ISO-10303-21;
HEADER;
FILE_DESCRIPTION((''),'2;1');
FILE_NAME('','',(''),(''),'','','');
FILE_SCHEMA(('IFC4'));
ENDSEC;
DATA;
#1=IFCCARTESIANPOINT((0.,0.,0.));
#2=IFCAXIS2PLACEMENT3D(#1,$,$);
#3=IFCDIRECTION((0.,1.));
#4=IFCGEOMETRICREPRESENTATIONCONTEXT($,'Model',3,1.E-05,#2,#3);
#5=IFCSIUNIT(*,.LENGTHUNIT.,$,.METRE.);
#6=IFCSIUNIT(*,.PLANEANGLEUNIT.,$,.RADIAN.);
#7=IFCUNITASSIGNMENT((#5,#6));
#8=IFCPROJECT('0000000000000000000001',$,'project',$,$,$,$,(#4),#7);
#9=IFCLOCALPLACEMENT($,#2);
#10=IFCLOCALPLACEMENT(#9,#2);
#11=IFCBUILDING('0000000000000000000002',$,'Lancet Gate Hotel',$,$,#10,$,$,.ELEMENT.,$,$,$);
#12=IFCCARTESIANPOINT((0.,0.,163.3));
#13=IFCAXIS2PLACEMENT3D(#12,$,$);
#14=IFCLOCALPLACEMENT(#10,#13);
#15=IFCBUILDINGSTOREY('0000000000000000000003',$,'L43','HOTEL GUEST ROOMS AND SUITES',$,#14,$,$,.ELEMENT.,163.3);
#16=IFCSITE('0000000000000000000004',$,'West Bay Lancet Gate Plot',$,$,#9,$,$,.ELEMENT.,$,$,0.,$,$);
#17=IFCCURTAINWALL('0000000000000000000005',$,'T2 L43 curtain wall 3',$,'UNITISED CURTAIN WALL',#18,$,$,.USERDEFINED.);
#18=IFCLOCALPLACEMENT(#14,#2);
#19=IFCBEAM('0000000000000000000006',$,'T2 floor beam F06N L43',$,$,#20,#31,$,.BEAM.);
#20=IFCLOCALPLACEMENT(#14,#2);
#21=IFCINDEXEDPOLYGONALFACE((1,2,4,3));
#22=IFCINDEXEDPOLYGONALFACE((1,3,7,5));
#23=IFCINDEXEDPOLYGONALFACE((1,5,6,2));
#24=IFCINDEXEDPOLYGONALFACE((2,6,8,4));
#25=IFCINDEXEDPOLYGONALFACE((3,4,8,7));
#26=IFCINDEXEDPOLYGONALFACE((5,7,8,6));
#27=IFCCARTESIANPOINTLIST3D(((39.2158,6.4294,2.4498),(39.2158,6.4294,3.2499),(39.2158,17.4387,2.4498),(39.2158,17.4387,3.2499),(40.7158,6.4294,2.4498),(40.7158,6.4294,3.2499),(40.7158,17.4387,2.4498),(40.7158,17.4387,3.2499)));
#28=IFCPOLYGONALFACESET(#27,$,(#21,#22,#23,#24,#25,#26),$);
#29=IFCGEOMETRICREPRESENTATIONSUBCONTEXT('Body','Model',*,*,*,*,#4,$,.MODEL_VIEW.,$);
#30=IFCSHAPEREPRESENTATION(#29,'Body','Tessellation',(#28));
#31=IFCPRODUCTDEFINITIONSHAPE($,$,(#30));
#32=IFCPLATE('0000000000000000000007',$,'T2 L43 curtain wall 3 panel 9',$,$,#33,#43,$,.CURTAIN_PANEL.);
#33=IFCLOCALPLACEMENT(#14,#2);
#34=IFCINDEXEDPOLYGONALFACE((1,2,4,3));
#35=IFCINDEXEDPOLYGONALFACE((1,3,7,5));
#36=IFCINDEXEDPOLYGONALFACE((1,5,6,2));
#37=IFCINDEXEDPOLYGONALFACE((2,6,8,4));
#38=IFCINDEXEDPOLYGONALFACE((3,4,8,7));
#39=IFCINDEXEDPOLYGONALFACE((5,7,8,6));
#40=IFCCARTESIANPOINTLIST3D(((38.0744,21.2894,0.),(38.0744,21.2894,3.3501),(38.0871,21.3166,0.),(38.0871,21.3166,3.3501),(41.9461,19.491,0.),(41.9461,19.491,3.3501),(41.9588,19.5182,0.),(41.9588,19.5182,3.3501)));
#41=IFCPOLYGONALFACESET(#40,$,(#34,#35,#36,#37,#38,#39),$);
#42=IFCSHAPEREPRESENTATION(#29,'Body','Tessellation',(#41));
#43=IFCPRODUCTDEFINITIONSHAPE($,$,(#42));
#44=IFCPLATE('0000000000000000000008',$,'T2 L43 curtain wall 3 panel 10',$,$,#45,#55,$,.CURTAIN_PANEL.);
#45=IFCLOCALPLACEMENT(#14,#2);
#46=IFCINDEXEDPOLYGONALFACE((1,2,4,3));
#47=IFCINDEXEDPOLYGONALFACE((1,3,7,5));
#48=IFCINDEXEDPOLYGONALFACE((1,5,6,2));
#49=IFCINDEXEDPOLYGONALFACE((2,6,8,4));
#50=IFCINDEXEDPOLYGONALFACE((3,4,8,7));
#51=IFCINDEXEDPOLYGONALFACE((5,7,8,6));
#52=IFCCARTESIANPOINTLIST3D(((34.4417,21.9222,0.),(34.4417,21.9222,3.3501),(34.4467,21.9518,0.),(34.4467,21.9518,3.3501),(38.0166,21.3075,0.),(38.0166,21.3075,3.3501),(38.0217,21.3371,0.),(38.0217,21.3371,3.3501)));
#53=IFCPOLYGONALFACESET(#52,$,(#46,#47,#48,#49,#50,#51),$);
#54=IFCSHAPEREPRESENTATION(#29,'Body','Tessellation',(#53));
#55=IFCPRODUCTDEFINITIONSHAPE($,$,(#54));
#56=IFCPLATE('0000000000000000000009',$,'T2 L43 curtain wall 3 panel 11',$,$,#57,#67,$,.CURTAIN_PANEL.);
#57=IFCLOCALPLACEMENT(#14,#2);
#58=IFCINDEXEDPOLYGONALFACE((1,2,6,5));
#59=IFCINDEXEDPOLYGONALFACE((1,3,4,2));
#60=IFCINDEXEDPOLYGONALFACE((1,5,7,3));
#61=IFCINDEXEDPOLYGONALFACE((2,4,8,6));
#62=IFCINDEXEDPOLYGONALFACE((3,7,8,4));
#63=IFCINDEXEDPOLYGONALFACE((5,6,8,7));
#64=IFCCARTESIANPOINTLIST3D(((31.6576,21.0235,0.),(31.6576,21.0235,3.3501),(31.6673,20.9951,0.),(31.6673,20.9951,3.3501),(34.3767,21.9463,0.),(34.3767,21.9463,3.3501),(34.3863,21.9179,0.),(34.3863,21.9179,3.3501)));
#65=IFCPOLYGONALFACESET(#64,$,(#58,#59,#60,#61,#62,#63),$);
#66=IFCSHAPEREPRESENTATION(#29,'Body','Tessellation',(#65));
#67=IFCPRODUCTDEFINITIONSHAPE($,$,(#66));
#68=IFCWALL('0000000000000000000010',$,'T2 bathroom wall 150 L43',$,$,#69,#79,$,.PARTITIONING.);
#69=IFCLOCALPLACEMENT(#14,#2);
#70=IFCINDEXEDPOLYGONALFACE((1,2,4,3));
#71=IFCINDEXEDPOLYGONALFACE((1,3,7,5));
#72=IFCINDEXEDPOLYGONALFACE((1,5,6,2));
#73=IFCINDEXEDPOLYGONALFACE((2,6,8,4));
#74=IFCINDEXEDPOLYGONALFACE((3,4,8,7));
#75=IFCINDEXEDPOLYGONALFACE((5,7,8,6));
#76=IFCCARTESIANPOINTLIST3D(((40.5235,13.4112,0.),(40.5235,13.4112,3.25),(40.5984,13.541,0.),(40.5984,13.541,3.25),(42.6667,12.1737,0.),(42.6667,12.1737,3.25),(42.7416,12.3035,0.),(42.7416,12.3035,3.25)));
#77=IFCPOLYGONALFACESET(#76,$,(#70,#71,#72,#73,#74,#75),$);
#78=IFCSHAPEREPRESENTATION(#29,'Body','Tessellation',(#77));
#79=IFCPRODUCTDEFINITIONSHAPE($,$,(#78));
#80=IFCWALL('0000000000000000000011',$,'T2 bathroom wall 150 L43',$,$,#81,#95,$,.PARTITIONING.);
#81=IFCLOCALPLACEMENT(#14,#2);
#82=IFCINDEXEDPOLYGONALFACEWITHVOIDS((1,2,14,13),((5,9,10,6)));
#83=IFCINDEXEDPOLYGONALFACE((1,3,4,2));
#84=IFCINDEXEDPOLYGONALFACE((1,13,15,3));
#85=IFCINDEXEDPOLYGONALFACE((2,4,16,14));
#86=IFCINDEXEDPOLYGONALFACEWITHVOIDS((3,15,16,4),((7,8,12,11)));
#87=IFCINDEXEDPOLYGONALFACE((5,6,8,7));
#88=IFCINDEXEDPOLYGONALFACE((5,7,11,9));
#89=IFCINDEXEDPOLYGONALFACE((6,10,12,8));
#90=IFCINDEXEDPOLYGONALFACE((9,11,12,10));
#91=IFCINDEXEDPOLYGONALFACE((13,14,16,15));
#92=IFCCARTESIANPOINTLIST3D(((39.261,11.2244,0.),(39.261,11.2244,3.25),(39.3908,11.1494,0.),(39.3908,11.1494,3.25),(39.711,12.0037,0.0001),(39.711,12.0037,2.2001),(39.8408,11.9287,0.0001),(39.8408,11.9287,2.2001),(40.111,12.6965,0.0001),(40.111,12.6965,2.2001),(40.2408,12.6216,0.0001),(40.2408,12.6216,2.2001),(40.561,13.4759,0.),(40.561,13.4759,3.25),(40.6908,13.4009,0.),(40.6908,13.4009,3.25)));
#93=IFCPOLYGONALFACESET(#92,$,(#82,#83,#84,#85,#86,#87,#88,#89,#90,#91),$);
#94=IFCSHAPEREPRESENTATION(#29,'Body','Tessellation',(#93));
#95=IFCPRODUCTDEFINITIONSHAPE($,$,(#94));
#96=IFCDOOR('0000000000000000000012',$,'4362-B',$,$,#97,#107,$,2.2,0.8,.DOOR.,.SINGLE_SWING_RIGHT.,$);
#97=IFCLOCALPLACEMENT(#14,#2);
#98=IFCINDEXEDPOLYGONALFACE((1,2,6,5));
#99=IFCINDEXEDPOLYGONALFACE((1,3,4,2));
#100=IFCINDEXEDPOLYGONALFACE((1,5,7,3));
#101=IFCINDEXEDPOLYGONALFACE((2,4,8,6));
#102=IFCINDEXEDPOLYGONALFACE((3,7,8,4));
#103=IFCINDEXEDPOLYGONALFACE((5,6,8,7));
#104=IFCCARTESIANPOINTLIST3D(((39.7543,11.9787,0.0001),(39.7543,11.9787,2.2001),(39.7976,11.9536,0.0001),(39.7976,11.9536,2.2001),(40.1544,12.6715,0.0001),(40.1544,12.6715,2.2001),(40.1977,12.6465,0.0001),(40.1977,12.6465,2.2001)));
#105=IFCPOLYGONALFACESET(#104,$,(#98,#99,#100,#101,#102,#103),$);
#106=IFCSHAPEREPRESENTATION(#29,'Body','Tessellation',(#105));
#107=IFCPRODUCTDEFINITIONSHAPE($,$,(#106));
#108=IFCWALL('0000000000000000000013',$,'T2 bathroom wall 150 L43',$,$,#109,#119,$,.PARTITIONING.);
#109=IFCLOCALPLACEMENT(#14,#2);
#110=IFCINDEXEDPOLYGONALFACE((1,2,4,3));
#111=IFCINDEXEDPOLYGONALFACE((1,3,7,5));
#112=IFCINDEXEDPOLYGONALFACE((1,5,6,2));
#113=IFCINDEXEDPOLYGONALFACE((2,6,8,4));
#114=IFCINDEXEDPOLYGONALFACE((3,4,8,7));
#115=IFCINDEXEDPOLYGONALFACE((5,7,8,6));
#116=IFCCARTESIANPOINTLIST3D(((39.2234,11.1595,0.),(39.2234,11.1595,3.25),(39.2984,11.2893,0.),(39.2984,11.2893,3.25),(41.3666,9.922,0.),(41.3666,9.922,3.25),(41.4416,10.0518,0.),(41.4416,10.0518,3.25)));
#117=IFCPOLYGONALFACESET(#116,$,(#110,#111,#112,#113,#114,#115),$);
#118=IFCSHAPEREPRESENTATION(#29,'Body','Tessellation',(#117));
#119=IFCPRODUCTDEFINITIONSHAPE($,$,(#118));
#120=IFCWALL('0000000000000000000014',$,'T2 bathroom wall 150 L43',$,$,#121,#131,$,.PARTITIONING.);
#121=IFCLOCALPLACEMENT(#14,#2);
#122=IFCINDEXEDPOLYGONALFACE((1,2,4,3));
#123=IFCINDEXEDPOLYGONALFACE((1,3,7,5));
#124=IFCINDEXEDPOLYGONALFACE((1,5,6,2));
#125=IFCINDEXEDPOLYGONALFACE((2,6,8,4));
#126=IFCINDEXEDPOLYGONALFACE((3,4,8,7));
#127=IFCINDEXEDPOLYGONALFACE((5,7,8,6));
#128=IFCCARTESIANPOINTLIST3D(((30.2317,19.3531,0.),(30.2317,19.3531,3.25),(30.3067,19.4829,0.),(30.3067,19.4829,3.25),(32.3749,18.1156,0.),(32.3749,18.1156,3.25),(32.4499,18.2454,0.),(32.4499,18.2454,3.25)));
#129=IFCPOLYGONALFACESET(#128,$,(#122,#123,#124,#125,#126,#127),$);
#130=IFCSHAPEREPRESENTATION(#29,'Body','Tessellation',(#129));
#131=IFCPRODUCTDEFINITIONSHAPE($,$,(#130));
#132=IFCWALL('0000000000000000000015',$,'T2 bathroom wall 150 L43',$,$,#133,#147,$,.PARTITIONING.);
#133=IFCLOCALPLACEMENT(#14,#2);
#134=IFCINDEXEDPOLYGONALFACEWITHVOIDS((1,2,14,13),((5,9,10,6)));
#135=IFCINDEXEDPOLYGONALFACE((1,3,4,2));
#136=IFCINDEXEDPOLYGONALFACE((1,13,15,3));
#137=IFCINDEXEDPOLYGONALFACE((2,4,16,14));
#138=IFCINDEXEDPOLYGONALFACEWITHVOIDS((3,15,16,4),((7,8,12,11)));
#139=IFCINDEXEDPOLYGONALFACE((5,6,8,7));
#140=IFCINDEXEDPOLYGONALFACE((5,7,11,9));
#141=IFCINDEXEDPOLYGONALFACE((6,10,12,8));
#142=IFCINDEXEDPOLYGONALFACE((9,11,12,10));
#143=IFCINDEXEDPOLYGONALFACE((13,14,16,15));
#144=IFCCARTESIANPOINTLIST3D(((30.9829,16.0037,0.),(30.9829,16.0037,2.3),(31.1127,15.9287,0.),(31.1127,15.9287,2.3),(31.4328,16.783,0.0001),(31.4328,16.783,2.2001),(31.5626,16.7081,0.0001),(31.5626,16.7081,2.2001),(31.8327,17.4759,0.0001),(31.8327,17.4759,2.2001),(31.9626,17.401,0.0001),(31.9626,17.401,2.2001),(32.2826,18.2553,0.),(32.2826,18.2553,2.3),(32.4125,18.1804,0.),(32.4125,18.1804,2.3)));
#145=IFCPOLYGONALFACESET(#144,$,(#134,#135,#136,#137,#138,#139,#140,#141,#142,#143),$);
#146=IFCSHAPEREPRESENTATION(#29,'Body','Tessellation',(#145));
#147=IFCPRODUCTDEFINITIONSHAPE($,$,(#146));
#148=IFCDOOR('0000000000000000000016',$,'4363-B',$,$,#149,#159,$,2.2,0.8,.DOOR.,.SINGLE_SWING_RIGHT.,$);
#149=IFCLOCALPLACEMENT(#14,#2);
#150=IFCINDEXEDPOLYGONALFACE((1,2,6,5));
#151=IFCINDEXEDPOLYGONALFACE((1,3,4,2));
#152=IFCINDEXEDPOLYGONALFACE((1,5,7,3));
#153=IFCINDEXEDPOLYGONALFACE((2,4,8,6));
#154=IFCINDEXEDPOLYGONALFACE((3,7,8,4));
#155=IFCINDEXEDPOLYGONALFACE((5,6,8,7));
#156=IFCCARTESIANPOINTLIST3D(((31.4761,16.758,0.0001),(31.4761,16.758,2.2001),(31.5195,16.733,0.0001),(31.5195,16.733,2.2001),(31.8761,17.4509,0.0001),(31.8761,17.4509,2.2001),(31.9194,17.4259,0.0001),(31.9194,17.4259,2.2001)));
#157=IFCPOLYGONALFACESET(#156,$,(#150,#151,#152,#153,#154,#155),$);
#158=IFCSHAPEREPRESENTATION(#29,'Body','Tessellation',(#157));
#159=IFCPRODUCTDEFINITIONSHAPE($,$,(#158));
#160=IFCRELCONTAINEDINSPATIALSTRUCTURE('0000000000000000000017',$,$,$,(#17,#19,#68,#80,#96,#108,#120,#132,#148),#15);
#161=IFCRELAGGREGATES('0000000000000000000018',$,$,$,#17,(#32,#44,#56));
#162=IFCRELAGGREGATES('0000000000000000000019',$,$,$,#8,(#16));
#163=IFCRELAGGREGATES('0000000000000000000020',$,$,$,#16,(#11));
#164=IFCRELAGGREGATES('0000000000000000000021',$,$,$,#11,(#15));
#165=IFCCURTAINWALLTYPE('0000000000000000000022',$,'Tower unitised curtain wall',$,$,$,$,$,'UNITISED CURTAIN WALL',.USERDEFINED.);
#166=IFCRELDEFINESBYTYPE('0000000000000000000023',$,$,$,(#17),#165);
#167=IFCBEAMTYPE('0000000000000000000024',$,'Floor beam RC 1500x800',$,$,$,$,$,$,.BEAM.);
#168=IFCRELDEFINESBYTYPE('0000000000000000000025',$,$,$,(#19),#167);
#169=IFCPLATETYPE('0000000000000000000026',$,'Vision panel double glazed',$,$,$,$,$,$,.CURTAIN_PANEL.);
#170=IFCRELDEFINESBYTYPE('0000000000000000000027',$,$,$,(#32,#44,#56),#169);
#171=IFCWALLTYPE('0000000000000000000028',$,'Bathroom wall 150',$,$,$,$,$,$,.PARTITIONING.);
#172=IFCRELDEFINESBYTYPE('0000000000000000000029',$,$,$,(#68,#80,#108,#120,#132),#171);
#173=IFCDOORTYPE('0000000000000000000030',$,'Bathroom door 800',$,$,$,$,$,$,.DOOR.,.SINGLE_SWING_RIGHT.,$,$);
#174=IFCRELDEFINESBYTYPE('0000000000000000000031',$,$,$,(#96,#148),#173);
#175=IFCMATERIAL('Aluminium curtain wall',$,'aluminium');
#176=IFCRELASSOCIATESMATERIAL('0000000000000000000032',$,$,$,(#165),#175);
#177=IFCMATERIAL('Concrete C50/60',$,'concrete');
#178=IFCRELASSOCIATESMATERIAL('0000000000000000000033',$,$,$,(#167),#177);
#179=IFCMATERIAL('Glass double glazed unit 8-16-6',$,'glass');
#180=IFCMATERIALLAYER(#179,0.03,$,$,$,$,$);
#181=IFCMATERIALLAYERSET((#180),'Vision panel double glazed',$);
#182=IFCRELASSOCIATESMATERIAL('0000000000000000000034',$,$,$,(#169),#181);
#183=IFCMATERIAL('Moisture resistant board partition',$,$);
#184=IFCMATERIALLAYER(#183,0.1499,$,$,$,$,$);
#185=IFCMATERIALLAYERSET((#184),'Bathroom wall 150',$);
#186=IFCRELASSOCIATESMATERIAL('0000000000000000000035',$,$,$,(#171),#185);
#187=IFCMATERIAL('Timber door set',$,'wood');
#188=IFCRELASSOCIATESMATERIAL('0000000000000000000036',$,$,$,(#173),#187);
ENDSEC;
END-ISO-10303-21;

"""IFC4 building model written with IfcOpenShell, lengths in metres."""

from ifc_helpers import new_model, si_unit, direction, frame, frame_2d, origin, origin_2d, place, context, subcontext, project, spatial, rectangle, extrude, material, layer, layer_set, material_profile, profile_set, type_object, element, fill, aggregate, save


model = new_model("IFC4")

# Units and contexts
model_context = context("Model", 3, precision=1e-05, world=origin(), true_north=direction((0.0, 1.0)))
body_context = subcontext(model_context, "Body", "Model", "MODEL_VIEW")
ifc_project = project(units=[si_unit("LENGTHUNIT", "METRE"), si_unit("PLANEANGLEUNIT", "RADIAN")], contexts=[model_context])

# Site, building, storey
site_placement = place(None, origin())
site = spatial("IfcSite", under=ifc_project, at=site_placement, Name="West Bay Lancet Gate Plot", CompositionType="ELEMENT", RefElevation=0.0)
building_placement = place(site_placement, origin())
building = spatial("IfcBuilding", under=site, at=building_placement, Name="Lancet Gate Hotel", CompositionType="ELEMENT")
storey_placement = place(building_placement, frame((0.0, 0.0, 163.3)))
storey = spatial("IfcBuildingStorey", under=building, at=storey_placement, Name="L43", Description="HOTEL GUEST ROOMS AND SUITES", CompositionType="ELEMENT", Elevation=163.3)

# Curtain wall
ifc_material_1 = material(Name="Aluminium curtain wall", Category="aluminium")
curtain_wall_type = type_object("IfcCurtainWallType", Name="Tower unitised curtain wall", ElementType="UNITISED CURTAIN WALL", PredefinedType="USERDEFINED", material=ifc_material_1)
curtain_wall_1_placement = place(storey_placement, origin())
curtain_wall_1 = element("IfcCurtainWall", 1, at=curtain_wall_1_placement, inside=storey, type_object=curtain_wall_type, Name="T2 L43 curtain wall 3", ObjectType="UNITISED CURTAIN WALL", PredefinedType="USERDEFINED")

# Beam
ifc_material_2 = material(Name="Concrete C50/60", Category="concrete")
ifc_material_profile_1 = material_profile(ifc_material_2, rectangle(XDim=1.5, YDim=0.8, at=origin_2d()), Name="RC 1500x800")
ifc_profile_set_1 = profile_set([ifc_material_profile_1], Name="Concrete C50/60")
beam_type = type_object("IfcBeamType", Name="Floor beam RC 1500x800", PredefinedType="BEAM", material=ifc_profile_set_1)
beam_1_placement = place(storey_placement, frame((39.9658, 6.4294, 2.8499), z_axis=(0.0, 1.0, 0.0), x_axis=(-1.0, 0.0, 0.0)))
element("IfcBeam", 2, at=beam_1_placement, inside=storey, type_object=beam_type, Name="T2 floor beam F06N L43", PredefinedType="BEAM", context=body_context, shape_type="SweptSolid", body=[
    extrude(rectangle(XDim=1.5, YDim=0.8, at=origin_2d()), origin(), (0.0, 0.0, 1.0), 11.0093),
])

# Plates
ifc_material_3 = material(Name="Glass double glazed unit 8-16-6", Category="glass")
ifc_layer_1 = layer(ifc_material_3, 0.03)
ifc_layer_set_1 = layer_set([ifc_layer_1], Name="Vision panel double glazed")
plate_type = type_object("IfcPlateType", Name="Vision panel double glazed", PredefinedType="CURTAIN_PANEL", material=ifc_layer_set_1)
plate_1_placement = place(storey_placement, frame((40.0166, 20.4038, 0.0), z_axis=(0.0, 0.0, 1.0), x_axis=(-0.906935, 0.421271, 0.0)))
plate_1 = element("IfcPlate", 3, at=plate_1_placement, type_object=plate_type, Name="T2 L43 curtain wall 3 panel 9", PredefinedType="CURTAIN_PANEL", context=body_context, shape_type="SweptSolid", body=[
    extrude(rectangle(XDim=4.269, YDim=0.03, at=origin_2d()), origin(), (0.0, 0.0, 1.0), 3.3501),
])
plate_2_placement = place(storey_placement, frame((36.2317, 21.6296, 0.0), z_axis=(0.0, 0.0, 1.0), x_axis=(-0.98554, 0.169445, 0.0)))
plate_2 = element("IfcPlate", 4, at=plate_2_placement, type_object=plate_type, Name="T2 L43 curtain wall 3 panel 10", PredefinedType="CURTAIN_PANEL", context=body_context, shape_type="SweptSolid", body=[
    extrude(rectangle(XDim=3.6274, YDim=0.03, at=origin_2d()), origin(), (0.0, 0.0, 1.0), 3.3501),
])
plate_3_placement = place(storey_placement, frame((33.022, 21.4707, 0.0), z_axis=(0.0, 0.0, 1.0), x_axis=(-0.946952, -0.321374, 0.0)))
plate_3 = element("IfcPlate", 5, at=plate_3_placement, type_object=plate_type, Name="T2 L43 curtain wall 3 panel 11", PredefinedType="CURTAIN_PANEL", context=body_context, shape_type="SweptSolid", body=[
    extrude(rectangle(XDim=2.8713, YDim=0.03, at=origin_2d()), origin(), (0.0, 0.0, 1.0), 3.3501),
])
aggregate(curtain_wall_1, [plate_1, plate_2, plate_3])

# Wall
ifc_material_4 = material(Name="Moisture resistant board partition")
ifc_layer_2 = layer(ifc_material_4, 0.1499)
ifc_layer_set_2 = layer_set([ifc_layer_2], Name="Bathroom wall 150")
wall_type_1 = type_object("IfcWallType", Name="Bathroom wall 150", PredefinedType="PARTITIONING", material=ifc_layer_set_2)
wall_1_placement = place(storey_placement, frame((40.561, 13.4761, 0.0), z_axis=(0.0, 0.0, 1.0), x_axis=(0.866007, -0.500033, 0.0)))
element("IfcWall", 6, at=wall_1_placement, inside=storey, type_object=wall_type_1, Name="T2 bathroom wall 150 L43", PredefinedType="PARTITIONING", context=body_context, shape_type="SweptSolid", body=[
    extrude(rectangle(XDim=2.4749, YDim=0.1499, at=frame_2d((1.2373, 0.0))), origin(), (0.0, 0.0, 1.0), 3.25),
])

# Wall, opening, door
wall_2_placement = place(storey_placement, frame((39.3259, 11.187, 0.0), z_axis=(0.0, 0.0, 1.0), x_axis=(0.500048, 0.865998, 0.0)))
wall_2 = element("IfcWall", 7, at=wall_2_placement, inside=storey, type_object=wall_type_1, Name="T2 bathroom wall 150 L43", PredefinedType="PARTITIONING", context=body_context, shape_type="SweptSolid", body=[
    extrude(rectangle(XDim=2.5999, YDim=0.1499, at=frame_2d((1.2998, 0.0))), origin(), (0.0, 0.0, 1.0), 3.25),
])
opening_1_placement = place(wall_2_placement, frame((0.8999, 0.0, 0.0)))
opening_1 = element("IfcOpeningElement", 8, at=opening_1_placement, cuts=wall_2, PredefinedType="OPENING", context=body_context, shape_type="SweptSolid", body=[
    extrude(rectangle(XDim=0.8, YDim=2.2, at=frame_2d((0.3999, 1.1001))), frame((0.0, 0.085, 0.0), z_axis=(0.0, -1.0, 0.0), x_axis=(1.0, 0.0, 0.0)), (0.0, 0.0, 1.0), 0.1699),
])
ifc_material_5 = material(Name="Timber door set", Category="wood")
door_type_1 = type_object("IfcDoorType", Name="Bathroom door 800", OperationType="SINGLE_SWING_RIGHT", PredefinedType="DOOR", material=ifc_material_5)
door_1_placement = place(opening_1_placement, origin())
door_1 = element("IfcDoor", 9, at=door_1_placement, inside=storey, type_object=door_type_1, Name="4362-B", OperationType="SINGLE_SWING_RIGHT", OverallHeight=2.2, OverallWidth=0.8, PredefinedType="DOOR", context=body_context, shape_type="SweptSolid", body=[
    extrude(rectangle(XDim=0.8, YDim=2.2, at=frame_2d((0.3999, 1.1001))), frame((0.0, 0.0249, 0.0), z_axis=(0.0, -1.0, 0.0), x_axis=(1.0, 0.0, 0.0)), (0.0, 0.0, 1.0), 0.05),
])
fill(opening_1, door_1)

# Walls
for number, where, z_axis, x_axis, name in (
    (10, (39.261, 11.2244, 0.0), (0.0, 0.0, 1.0), (0.866007, -0.500033, 0.0), "T2 bathroom wall 150 L43"),
    (11, (30.2693, 19.418, 0.0), (0.0, 0.0, 1.0), (0.866007, -0.500033, 0.0), "T2 bathroom wall 150 L43"),
):
    element("IfcWall", number, at=place(storey_placement, frame(where, z_axis=z_axis, x_axis=x_axis)), inside=storey, type_object=wall_type_1, Name=name, PredefinedType="PARTITIONING", context=body_context, shape_type="SweptSolid", body=[
        extrude(rectangle(XDim=2.4749, YDim=0.1499, at=frame_2d((1.2373, 0.0))), origin(), (0.0, 0.0, 1.0), 3.25),
    ])

# Wall, opening, door
wall_3_placement = place(storey_placement, frame((31.0479, 15.9663, 0.0), z_axis=(0.0, 0.0, 1.0), x_axis=(0.499937, 0.866062, 0.0)))
wall_3 = element("IfcWall", 12, at=wall_3_placement, inside=storey, type_object=wall_type_1, Name="T2 bathroom wall 150 L43", PredefinedType="PARTITIONING", context=body_context, shape_type="SweptSolid", body=[
    extrude(rectangle(XDim=2.5999, YDim=0.1499, at=frame_2d((1.2998, 0.0))), origin(), (0.0, 0.0, 1.0), 2.3),
])
opening_2_placement = place(wall_3_placement, frame((0.8999, 0.0, 0.0)))
opening_2 = element("IfcOpeningElement", 13, at=opening_2_placement, cuts=wall_3, PredefinedType="OPENING", context=body_context, shape_type="SweptSolid", body=[
    extrude(rectangle(XDim=0.8, YDim=2.2, at=frame_2d((0.3999, 1.1001))), frame((0.0, 0.085, 0.0), z_axis=(0.0, -1.0, 0.0), x_axis=(1.0, 0.0, 0.0)), (0.0, 0.0, 1.0), 0.1699),
])
door_2_placement = place(opening_2_placement, origin())
door_2 = element("IfcDoor", 14, at=door_2_placement, inside=storey, type_object=door_type_1, Name="4363-B", OperationType="SINGLE_SWING_RIGHT", OverallHeight=2.2, OverallWidth=0.8, PredefinedType="DOOR", context=body_context, shape_type="SweptSolid", body=[
    extrude(rectangle(XDim=0.8, YDim=2.2, at=frame_2d((0.3999, 1.1001))), frame((0.0, 0.0249, 0.0), z_axis=(0.0, -1.0, 0.0), x_axis=(1.0, 0.0, 0.0)), (0.0, 0.0, 1.0), 0.05),
])
fill(opening_2, door_2)

save(model, "model.ifc")
